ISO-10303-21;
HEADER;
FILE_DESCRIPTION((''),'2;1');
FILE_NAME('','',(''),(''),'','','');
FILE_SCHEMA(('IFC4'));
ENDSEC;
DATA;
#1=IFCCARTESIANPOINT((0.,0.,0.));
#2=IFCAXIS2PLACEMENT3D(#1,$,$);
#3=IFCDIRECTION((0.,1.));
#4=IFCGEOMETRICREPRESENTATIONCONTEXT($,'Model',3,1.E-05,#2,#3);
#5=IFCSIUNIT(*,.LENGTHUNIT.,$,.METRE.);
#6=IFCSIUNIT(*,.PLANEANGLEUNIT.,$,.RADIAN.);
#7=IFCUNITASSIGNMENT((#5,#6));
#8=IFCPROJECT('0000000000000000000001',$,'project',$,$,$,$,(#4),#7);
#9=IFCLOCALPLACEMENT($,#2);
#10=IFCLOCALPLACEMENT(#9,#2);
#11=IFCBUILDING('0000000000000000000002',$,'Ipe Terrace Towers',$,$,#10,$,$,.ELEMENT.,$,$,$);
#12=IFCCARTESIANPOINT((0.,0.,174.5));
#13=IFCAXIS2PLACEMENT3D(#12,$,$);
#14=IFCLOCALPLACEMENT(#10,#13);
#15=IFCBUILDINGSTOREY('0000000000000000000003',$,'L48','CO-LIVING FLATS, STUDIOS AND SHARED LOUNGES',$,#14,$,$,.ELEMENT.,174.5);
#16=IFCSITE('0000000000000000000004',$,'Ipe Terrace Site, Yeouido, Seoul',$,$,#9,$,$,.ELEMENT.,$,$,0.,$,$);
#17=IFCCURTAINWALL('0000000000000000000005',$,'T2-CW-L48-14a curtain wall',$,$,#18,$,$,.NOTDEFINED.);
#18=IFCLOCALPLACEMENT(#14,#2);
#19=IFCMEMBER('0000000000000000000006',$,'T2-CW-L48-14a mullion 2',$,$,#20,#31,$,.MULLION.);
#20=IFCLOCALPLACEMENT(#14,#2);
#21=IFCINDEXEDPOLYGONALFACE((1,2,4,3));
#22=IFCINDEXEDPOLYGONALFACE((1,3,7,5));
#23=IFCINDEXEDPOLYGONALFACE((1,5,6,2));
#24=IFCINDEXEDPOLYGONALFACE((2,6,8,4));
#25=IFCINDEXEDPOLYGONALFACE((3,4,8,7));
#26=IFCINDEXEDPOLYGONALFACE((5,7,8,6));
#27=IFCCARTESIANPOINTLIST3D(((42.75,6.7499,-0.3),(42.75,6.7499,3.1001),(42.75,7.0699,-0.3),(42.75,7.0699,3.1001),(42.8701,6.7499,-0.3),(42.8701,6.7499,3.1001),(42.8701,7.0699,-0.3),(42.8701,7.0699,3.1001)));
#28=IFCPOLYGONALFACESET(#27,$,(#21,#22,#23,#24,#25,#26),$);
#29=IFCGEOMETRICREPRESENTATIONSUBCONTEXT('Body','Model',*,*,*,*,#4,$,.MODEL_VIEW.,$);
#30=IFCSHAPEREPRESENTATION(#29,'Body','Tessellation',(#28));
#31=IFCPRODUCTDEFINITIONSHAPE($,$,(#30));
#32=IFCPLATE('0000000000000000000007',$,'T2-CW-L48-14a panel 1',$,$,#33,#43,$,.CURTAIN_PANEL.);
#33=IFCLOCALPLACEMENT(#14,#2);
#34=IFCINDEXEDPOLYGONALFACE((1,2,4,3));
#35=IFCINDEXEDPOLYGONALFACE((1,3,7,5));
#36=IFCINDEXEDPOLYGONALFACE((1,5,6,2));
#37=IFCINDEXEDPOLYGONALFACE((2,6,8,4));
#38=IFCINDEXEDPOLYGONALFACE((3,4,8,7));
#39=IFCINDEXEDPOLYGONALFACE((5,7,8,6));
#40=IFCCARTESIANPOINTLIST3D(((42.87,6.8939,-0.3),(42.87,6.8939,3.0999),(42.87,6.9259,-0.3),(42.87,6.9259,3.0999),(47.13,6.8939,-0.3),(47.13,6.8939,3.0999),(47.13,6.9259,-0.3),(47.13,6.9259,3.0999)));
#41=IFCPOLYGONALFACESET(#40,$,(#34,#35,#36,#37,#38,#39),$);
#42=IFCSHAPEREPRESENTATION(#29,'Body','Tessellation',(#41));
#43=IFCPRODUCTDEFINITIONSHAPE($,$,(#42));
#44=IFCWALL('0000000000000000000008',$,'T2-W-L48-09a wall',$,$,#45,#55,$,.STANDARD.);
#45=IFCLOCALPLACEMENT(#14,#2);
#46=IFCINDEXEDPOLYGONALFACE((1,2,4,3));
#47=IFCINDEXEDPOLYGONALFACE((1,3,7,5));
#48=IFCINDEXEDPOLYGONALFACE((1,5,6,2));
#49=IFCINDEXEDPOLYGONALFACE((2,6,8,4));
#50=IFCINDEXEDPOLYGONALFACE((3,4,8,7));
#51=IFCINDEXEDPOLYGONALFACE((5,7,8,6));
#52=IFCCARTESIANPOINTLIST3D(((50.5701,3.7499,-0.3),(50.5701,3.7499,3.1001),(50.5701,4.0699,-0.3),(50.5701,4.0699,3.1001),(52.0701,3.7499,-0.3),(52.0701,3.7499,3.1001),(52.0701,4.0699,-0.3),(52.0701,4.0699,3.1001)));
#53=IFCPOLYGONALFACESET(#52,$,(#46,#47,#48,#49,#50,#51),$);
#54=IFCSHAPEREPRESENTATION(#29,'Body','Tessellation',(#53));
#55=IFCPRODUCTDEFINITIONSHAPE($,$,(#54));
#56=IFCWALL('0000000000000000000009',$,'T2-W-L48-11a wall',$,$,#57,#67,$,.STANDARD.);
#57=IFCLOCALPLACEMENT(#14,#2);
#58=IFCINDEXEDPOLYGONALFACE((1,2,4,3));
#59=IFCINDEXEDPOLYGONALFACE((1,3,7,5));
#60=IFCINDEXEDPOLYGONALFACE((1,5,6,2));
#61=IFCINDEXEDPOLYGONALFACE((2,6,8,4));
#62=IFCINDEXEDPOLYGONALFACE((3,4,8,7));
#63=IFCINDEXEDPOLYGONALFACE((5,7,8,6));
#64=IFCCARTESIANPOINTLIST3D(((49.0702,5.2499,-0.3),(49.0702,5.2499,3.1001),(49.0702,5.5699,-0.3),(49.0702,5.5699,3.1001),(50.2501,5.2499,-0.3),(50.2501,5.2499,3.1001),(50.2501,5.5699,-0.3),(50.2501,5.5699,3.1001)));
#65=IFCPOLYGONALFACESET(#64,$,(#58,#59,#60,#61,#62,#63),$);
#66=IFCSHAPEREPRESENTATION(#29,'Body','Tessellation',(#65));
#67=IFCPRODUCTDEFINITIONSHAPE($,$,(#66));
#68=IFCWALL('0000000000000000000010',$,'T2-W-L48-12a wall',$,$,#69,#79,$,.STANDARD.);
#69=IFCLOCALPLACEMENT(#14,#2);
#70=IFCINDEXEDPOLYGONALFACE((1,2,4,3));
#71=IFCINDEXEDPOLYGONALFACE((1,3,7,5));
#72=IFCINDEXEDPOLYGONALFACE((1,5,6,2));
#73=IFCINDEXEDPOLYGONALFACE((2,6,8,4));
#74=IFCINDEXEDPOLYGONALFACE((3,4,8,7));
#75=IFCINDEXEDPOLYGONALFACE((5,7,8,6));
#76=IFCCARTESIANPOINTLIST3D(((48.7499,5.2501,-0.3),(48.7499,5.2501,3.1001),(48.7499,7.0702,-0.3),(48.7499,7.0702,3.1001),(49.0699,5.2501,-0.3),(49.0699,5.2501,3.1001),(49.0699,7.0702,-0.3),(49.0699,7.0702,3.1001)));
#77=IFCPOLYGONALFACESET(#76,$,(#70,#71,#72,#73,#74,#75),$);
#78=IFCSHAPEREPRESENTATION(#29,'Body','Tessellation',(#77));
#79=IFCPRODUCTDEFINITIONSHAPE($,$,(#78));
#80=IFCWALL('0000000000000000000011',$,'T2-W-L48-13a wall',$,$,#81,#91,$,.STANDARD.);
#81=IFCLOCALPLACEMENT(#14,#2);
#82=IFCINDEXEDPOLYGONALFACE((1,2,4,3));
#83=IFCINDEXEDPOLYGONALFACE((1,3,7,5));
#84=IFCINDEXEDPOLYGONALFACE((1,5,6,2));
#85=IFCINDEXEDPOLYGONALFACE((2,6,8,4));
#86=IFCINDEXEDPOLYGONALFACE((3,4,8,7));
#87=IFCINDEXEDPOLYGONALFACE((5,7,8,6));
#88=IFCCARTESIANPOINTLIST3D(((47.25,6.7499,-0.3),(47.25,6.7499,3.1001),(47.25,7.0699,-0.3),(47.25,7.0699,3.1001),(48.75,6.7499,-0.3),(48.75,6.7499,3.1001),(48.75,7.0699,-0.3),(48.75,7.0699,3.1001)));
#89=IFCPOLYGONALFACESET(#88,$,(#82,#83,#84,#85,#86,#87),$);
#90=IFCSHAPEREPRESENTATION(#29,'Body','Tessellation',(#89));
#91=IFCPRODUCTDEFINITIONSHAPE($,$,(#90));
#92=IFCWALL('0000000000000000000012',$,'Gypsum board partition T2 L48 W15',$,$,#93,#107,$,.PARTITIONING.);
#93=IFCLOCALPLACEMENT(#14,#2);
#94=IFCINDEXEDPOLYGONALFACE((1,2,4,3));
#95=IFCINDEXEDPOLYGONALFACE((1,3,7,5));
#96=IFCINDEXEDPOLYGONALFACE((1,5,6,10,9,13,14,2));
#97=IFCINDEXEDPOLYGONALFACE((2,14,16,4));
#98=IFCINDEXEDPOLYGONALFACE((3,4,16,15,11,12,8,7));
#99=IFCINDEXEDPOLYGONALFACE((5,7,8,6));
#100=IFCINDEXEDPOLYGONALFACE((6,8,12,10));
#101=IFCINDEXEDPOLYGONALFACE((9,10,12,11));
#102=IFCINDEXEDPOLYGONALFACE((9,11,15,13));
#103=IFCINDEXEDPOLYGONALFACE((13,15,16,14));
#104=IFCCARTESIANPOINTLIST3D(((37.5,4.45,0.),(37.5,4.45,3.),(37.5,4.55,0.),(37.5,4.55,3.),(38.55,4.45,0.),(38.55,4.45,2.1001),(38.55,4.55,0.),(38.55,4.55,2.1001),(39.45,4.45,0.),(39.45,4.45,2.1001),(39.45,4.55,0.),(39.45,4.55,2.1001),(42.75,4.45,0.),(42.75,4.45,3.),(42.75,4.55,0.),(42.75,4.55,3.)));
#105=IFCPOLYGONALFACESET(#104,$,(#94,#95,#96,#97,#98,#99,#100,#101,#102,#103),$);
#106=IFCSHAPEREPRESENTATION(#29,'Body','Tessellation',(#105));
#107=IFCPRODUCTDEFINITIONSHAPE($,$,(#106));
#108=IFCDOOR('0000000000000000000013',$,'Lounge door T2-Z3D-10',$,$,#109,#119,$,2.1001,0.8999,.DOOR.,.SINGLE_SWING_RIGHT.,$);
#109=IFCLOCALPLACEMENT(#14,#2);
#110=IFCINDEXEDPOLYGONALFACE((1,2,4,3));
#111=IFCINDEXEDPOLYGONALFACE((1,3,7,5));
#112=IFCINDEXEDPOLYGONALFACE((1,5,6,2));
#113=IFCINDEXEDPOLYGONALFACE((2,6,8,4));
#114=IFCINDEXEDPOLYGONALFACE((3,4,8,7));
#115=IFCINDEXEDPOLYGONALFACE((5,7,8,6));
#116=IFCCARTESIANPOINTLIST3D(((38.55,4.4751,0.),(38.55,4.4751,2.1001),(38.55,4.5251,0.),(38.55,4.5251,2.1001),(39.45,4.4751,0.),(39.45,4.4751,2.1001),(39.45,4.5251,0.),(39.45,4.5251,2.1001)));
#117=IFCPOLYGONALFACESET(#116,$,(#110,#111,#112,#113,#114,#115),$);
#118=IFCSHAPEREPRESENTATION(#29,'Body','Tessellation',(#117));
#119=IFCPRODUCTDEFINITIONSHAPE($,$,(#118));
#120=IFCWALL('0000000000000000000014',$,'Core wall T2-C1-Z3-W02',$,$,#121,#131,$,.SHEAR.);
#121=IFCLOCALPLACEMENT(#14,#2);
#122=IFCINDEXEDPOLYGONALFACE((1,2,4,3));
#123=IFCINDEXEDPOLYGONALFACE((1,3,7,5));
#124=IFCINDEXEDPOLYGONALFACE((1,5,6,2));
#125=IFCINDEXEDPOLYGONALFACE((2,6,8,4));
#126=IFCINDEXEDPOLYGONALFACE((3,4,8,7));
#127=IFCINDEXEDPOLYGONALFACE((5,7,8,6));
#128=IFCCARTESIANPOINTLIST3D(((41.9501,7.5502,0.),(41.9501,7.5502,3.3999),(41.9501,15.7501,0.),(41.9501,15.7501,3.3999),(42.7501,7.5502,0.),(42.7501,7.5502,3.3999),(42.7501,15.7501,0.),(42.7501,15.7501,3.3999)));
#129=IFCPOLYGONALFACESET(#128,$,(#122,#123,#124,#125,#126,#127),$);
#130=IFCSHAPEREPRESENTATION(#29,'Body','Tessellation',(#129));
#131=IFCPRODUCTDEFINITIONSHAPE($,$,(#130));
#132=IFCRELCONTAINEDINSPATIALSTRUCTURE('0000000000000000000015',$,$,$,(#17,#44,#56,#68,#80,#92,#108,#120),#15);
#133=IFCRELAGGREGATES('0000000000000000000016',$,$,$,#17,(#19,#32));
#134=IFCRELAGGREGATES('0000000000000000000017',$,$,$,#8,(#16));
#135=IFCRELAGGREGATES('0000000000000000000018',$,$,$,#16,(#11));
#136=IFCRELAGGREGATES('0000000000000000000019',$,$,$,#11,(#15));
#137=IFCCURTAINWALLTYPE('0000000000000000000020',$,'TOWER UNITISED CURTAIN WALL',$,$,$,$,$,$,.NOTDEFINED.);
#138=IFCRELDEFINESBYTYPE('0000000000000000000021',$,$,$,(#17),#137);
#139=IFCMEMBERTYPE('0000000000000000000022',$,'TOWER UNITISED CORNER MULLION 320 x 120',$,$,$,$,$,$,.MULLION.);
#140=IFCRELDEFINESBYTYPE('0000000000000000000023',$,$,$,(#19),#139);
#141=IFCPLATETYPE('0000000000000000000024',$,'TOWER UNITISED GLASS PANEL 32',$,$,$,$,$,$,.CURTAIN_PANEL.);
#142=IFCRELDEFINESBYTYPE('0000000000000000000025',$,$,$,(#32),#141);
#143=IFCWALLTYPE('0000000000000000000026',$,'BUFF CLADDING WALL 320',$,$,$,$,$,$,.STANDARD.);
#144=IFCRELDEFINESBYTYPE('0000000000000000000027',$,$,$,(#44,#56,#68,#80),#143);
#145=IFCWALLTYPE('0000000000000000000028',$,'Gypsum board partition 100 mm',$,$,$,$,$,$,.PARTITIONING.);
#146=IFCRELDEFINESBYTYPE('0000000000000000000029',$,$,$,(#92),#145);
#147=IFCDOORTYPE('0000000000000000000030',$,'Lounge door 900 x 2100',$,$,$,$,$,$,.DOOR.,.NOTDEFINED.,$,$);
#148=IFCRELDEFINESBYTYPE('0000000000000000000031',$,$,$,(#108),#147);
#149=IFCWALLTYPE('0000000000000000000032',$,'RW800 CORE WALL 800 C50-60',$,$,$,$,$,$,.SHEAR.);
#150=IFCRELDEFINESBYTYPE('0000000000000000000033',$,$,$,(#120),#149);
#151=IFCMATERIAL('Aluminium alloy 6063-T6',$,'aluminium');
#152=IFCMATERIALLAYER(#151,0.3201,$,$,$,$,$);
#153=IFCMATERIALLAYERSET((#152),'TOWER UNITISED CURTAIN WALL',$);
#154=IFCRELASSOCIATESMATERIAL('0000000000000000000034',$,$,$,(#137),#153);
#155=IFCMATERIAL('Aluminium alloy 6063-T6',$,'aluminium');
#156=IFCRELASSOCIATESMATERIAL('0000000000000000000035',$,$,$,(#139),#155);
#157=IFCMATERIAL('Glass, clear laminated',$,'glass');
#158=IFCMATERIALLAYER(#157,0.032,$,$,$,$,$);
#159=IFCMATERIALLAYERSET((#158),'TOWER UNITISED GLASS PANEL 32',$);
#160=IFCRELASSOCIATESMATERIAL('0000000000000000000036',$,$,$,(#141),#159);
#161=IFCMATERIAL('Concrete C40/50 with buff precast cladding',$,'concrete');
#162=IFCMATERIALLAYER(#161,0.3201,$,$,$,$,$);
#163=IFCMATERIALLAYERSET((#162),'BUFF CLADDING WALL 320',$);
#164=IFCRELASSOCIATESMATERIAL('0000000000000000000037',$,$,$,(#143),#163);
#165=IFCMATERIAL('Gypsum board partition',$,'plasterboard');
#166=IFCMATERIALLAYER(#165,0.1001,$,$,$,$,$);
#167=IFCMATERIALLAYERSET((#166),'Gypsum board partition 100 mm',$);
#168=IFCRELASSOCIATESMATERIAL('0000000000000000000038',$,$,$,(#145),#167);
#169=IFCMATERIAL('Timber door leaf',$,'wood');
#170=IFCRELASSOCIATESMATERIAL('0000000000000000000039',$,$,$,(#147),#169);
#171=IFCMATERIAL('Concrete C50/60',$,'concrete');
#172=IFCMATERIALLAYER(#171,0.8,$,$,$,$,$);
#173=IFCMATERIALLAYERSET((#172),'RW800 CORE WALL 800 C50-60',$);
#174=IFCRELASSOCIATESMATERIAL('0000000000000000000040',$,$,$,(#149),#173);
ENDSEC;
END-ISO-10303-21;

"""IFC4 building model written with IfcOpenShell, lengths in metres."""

from ifc_helpers import new_model, si_unit, direction, frame, frame_2d, origin, origin_2d, place, context, subcontext, project, spatial, rectangle, extrude, material, layer, layer_set, material_profile, profile_set, type_object, element, fill, aggregate, save


model = new_model("IFC4")

# Units and contexts
model_context = context("Model", 3, precision=1e-05, world=origin(), true_north=direction((0.0, 1.0)))
body_context = subcontext(model_context, "Body", "Model", "MODEL_VIEW")
ifc_project = project(units=[si_unit("LENGTHUNIT", "METRE"), si_unit("PLANEANGLEUNIT", "RADIAN")], contexts=[model_context])

# Site, building, storey
site_placement = place(None, origin())
site = spatial("IfcSite", under=ifc_project, at=site_placement, Name="Ipe Terrace Site, Yeouido, Seoul", CompositionType="ELEMENT", RefElevation=0.0)
building_placement = place(site_placement, origin())
building = spatial("IfcBuilding", under=site, at=building_placement, Name="Ipe Terrace Towers", CompositionType="ELEMENT")
storey_placement = place(building_placement, frame((0.0, 0.0, 174.5)))
storey = spatial("IfcBuildingStorey", under=building, at=storey_placement, Name="L48", Description="CO-LIVING FLATS, STUDIOS AND SHARED LOUNGES", CompositionType="ELEMENT", Elevation=174.5)

# Curtain wall, member, plate
ifc_material_1 = material(Name="Aluminium alloy 6063-T6", Category="aluminium")
ifc_layer_1 = layer(ifc_material_1, 0.3201)
ifc_layer_set_1 = layer_set([ifc_layer_1], Name="TOWER UNITISED CURTAIN WALL")
curtain_wall_type = type_object("IfcCurtainWallType", Name="TOWER UNITISED CURTAIN WALL", PredefinedType="NOTDEFINED", material=ifc_layer_set_1)
curtain_wall_placement = place(storey_placement, origin())
curtain_wall = element("IfcCurtainWall", 1, at=curtain_wall_placement, inside=storey, type_object=curtain_wall_type, Name="T2-CW-L48-14a curtain wall", PredefinedType="NOTDEFINED")
ifc_material_2 = material(Name="Aluminium alloy 6063-T6", Category="aluminium")
ifc_material_profile_1 = material_profile(ifc_material_2, rectangle(XDim=0.3201, YDim=0.1201, at=origin_2d()), Name="TOWER UNITISED CORNER MULLION 320 x 120")
ifc_profile_set_1 = profile_set([ifc_material_profile_1], Name="Aluminium alloy 6063-T6")
member_type = type_object("IfcMemberType", Name="TOWER UNITISED CORNER MULLION 320 x 120", PredefinedType="MULLION", material=ifc_profile_set_1)
member_1_placement = place(storey_placement, frame((42.8101, 6.9099, -0.3), z_axis=(0.0, 0.0, 1.0), x_axis=(0.0, 1.0, 0.0)))
member_1 = element("IfcMember", 2, at=member_1_placement, type_object=member_type, Name="T2-CW-L48-14a mullion 2", PredefinedType="MULLION", context=body_context, shape_type="SweptSolid", body=[
    extrude(rectangle(XDim=0.3201, YDim=0.1201, at=origin_2d()), origin(), (0.0, 0.0, 1.0), 3.4001),
])
ifc_material_3 = material(Name="Glass, clear laminated", Category="glass")
ifc_layer_2 = layer(ifc_material_3, 0.032)
ifc_layer_set_2 = layer_set([ifc_layer_2], Name="TOWER UNITISED GLASS PANEL 32")
plate_type = type_object("IfcPlateType", Name="TOWER UNITISED GLASS PANEL 32", PredefinedType="CURTAIN_PANEL", material=ifc_layer_set_2)
plate_placement = place(storey_placement, frame((45.0, 6.9099, -0.3), z_axis=(0.0, 0.0, 1.0), x_axis=(-1.0, 0.0, 0.0)))
plate = element("IfcPlate", 3, at=plate_placement, type_object=plate_type, Name="T2-CW-L48-14a panel 1", PredefinedType="CURTAIN_PANEL", context=body_context, shape_type="SweptSolid", body=[
    extrude(rectangle(XDim=4.26, YDim=0.032, at=origin_2d()), origin(), (0.0, 0.0, 1.0), 3.3999),
])
aggregate(curtain_wall, [member_1, plate])

# Walls
ifc_material_4 = material(Name="Concrete C40/50 with buff precast cladding", Category="concrete")
ifc_layer_3 = layer(ifc_material_4, 0.3201)
ifc_layer_set_3 = layer_set([ifc_layer_3], Name="BUFF CLADDING WALL 320")
wall_type_1 = type_object("IfcWallType", Name="BUFF CLADDING WALL 320", PredefinedType="STANDARD", material=ifc_layer_set_3)
wall_1_placement = place(storey_placement, frame((52.0701, 3.9099, -0.3), z_axis=(0.0, 0.0, 1.0), x_axis=(-1.0, 0.0, 0.0)))
element("IfcWall", 4, at=wall_1_placement, inside=storey, type_object=wall_type_1, Name="T2-W-L48-09a wall", PredefinedType="STANDARD", context=body_context, shape_type="SweptSolid", body=[
    extrude(rectangle(XDim=1.5, YDim=0.3201, at=frame_2d((0.75, 0.0))), origin(), (0.0, 0.0, 1.0), 3.4001),
])
wall_2_placement = place(storey_placement, frame((50.25, 5.4099, -0.3), z_axis=(0.0, 0.0, 1.0), x_axis=(-1.0, 0.0, 0.0)))
element("IfcWall", 5, at=wall_2_placement, inside=storey, type_object=wall_type_1, Name="T2-W-L48-11a wall", PredefinedType="STANDARD", context=body_context, shape_type="SweptSolid", body=[
    extrude(rectangle(XDim=1.1799, YDim=0.3201, at=frame_2d((0.5898, 0.0))), origin(), (0.0, 0.0, 1.0), 3.4001),
])
wall_3_placement = place(storey_placement, frame((48.9099, 5.25, -0.3), z_axis=(0.0, 0.0, 1.0), x_axis=(0.0, 1.0, 0.0)))
element("IfcWall", 6, at=wall_3_placement, inside=storey, type_object=wall_type_1, Name="T2-W-L48-12a wall", PredefinedType="STANDARD", context=body_context, shape_type="SweptSolid", body=[
    extrude(rectangle(XDim=1.8201, YDim=0.3201, at=frame_2d((0.9102, 0.0))), origin(), (0.0, 0.0, 1.0), 3.4001),
])
wall_4_placement = place(storey_placement, frame((48.75, 6.9099, -0.3), z_axis=(0.0, 0.0, 1.0), x_axis=(-1.0, 0.0, 0.0)))
element("IfcWall", 7, at=wall_4_placement, inside=storey, type_object=wall_type_1, Name="T2-W-L48-13a wall", PredefinedType="STANDARD", context=body_context, shape_type="SweptSolid", body=[
    extrude(rectangle(XDim=1.5, YDim=0.3201, at=frame_2d((0.75, 0.0))), origin(), (0.0, 0.0, 1.0), 3.4001),
])

# Wall, opening, door
ifc_material_5 = material(Name="Gypsum board partition", Category="plasterboard")
ifc_layer_4 = layer(ifc_material_5, 0.1001)
ifc_layer_set_4 = layer_set([ifc_layer_4], Name="Gypsum board partition 100 mm")
wall_type_2 = type_object("IfcWallType", Name="Gypsum board partition 100 mm", PredefinedType="PARTITIONING", material=ifc_layer_set_4)
wall_5_placement = place(storey_placement, frame((42.75, 4.5, 0.0), z_axis=(0.0, 0.0, 1.0), x_axis=(-1.0, 0.0, 0.0)))
wall_5 = element("IfcWall", 8, at=wall_5_placement, inside=storey, type_object=wall_type_2, Name="Gypsum board partition T2 L48 W15", PredefinedType="PARTITIONING", context=body_context, shape_type="SweptSolid", body=[
    extrude(rectangle(XDim=5.25, YDim=0.1001, at=frame_2d((2.625, 0.0))), origin(), (0.0, 0.0, 1.0), 3.0),
])
opening_placement = place(wall_5_placement, frame((3.3, 0.0, 0.0)))
opening = element("IfcOpeningElement", 9, at=opening_placement, cuts=wall_5, PredefinedType="OPENING", context=body_context, shape_type="SweptSolid", body=[
    extrude(rectangle(XDim=0.8999, YDim=2.1001, at=frame_2d((0.45, 1.05))), frame((0.0, 0.0601, 0.0), z_axis=(0.0, -1.0, 0.0), x_axis=(1.0, 0.0, 0.0)), (0.0, 0.0, 1.0), 0.1201),
])
ifc_material_6 = material(Name="Timber door leaf", Category="wood")
door_type = type_object("IfcDoorType", Name="Lounge door 900 x 2100", OperationType="NOTDEFINED", PredefinedType="DOOR", material=ifc_material_6)
door_placement = place(opening_placement, origin())
door = element("IfcDoor", 10, at=door_placement, inside=storey, type_object=door_type, Name="Lounge door T2-Z3D-10", OperationType="SINGLE_SWING_RIGHT", OverallHeight=2.1001, OverallWidth=0.8999, PredefinedType="DOOR", context=body_context, shape_type="SweptSolid", body=[
    extrude(rectangle(XDim=0.8999, YDim=2.1001, at=frame_2d((0.45, 1.05))), frame((0.0, 0.0249, 0.0), z_axis=(0.0, -1.0, 0.0), x_axis=(1.0, 0.0, 0.0)), (0.0, 0.0, 1.0), 0.05),
])
fill(opening, door)

# Wall
ifc_material_7 = material(Name="Concrete C50/60", Category="concrete")
ifc_layer_5 = layer(ifc_material_7, 0.8)
ifc_layer_set_5 = layer_set([ifc_layer_5], Name="RW800 CORE WALL 800 C50-60")
wall_type_3 = type_object("IfcWallType", Name="RW800 CORE WALL 800 C50-60", PredefinedType="SHEAR", material=ifc_layer_set_5)
wall_6_placement = place(storey_placement, frame((42.3501, 7.55, 0.0), z_axis=(0.0, 0.0, 1.0), x_axis=(0.0, 1.0, 0.0)))
element("IfcWall", 11, at=wall_6_placement, inside=storey, type_object=wall_type_3, Name="Core wall T2-C1-Z3-W02", PredefinedType="SHEAR", context=body_context, shape_type="SweptSolid", body=[
    extrude(rectangle(XDim=8.2, YDim=0.8, at=frame_2d((4.1001, 0.0))), origin(), (0.0, 0.0, 1.0), 3.3999),
])

save(model, "model.ifc")
